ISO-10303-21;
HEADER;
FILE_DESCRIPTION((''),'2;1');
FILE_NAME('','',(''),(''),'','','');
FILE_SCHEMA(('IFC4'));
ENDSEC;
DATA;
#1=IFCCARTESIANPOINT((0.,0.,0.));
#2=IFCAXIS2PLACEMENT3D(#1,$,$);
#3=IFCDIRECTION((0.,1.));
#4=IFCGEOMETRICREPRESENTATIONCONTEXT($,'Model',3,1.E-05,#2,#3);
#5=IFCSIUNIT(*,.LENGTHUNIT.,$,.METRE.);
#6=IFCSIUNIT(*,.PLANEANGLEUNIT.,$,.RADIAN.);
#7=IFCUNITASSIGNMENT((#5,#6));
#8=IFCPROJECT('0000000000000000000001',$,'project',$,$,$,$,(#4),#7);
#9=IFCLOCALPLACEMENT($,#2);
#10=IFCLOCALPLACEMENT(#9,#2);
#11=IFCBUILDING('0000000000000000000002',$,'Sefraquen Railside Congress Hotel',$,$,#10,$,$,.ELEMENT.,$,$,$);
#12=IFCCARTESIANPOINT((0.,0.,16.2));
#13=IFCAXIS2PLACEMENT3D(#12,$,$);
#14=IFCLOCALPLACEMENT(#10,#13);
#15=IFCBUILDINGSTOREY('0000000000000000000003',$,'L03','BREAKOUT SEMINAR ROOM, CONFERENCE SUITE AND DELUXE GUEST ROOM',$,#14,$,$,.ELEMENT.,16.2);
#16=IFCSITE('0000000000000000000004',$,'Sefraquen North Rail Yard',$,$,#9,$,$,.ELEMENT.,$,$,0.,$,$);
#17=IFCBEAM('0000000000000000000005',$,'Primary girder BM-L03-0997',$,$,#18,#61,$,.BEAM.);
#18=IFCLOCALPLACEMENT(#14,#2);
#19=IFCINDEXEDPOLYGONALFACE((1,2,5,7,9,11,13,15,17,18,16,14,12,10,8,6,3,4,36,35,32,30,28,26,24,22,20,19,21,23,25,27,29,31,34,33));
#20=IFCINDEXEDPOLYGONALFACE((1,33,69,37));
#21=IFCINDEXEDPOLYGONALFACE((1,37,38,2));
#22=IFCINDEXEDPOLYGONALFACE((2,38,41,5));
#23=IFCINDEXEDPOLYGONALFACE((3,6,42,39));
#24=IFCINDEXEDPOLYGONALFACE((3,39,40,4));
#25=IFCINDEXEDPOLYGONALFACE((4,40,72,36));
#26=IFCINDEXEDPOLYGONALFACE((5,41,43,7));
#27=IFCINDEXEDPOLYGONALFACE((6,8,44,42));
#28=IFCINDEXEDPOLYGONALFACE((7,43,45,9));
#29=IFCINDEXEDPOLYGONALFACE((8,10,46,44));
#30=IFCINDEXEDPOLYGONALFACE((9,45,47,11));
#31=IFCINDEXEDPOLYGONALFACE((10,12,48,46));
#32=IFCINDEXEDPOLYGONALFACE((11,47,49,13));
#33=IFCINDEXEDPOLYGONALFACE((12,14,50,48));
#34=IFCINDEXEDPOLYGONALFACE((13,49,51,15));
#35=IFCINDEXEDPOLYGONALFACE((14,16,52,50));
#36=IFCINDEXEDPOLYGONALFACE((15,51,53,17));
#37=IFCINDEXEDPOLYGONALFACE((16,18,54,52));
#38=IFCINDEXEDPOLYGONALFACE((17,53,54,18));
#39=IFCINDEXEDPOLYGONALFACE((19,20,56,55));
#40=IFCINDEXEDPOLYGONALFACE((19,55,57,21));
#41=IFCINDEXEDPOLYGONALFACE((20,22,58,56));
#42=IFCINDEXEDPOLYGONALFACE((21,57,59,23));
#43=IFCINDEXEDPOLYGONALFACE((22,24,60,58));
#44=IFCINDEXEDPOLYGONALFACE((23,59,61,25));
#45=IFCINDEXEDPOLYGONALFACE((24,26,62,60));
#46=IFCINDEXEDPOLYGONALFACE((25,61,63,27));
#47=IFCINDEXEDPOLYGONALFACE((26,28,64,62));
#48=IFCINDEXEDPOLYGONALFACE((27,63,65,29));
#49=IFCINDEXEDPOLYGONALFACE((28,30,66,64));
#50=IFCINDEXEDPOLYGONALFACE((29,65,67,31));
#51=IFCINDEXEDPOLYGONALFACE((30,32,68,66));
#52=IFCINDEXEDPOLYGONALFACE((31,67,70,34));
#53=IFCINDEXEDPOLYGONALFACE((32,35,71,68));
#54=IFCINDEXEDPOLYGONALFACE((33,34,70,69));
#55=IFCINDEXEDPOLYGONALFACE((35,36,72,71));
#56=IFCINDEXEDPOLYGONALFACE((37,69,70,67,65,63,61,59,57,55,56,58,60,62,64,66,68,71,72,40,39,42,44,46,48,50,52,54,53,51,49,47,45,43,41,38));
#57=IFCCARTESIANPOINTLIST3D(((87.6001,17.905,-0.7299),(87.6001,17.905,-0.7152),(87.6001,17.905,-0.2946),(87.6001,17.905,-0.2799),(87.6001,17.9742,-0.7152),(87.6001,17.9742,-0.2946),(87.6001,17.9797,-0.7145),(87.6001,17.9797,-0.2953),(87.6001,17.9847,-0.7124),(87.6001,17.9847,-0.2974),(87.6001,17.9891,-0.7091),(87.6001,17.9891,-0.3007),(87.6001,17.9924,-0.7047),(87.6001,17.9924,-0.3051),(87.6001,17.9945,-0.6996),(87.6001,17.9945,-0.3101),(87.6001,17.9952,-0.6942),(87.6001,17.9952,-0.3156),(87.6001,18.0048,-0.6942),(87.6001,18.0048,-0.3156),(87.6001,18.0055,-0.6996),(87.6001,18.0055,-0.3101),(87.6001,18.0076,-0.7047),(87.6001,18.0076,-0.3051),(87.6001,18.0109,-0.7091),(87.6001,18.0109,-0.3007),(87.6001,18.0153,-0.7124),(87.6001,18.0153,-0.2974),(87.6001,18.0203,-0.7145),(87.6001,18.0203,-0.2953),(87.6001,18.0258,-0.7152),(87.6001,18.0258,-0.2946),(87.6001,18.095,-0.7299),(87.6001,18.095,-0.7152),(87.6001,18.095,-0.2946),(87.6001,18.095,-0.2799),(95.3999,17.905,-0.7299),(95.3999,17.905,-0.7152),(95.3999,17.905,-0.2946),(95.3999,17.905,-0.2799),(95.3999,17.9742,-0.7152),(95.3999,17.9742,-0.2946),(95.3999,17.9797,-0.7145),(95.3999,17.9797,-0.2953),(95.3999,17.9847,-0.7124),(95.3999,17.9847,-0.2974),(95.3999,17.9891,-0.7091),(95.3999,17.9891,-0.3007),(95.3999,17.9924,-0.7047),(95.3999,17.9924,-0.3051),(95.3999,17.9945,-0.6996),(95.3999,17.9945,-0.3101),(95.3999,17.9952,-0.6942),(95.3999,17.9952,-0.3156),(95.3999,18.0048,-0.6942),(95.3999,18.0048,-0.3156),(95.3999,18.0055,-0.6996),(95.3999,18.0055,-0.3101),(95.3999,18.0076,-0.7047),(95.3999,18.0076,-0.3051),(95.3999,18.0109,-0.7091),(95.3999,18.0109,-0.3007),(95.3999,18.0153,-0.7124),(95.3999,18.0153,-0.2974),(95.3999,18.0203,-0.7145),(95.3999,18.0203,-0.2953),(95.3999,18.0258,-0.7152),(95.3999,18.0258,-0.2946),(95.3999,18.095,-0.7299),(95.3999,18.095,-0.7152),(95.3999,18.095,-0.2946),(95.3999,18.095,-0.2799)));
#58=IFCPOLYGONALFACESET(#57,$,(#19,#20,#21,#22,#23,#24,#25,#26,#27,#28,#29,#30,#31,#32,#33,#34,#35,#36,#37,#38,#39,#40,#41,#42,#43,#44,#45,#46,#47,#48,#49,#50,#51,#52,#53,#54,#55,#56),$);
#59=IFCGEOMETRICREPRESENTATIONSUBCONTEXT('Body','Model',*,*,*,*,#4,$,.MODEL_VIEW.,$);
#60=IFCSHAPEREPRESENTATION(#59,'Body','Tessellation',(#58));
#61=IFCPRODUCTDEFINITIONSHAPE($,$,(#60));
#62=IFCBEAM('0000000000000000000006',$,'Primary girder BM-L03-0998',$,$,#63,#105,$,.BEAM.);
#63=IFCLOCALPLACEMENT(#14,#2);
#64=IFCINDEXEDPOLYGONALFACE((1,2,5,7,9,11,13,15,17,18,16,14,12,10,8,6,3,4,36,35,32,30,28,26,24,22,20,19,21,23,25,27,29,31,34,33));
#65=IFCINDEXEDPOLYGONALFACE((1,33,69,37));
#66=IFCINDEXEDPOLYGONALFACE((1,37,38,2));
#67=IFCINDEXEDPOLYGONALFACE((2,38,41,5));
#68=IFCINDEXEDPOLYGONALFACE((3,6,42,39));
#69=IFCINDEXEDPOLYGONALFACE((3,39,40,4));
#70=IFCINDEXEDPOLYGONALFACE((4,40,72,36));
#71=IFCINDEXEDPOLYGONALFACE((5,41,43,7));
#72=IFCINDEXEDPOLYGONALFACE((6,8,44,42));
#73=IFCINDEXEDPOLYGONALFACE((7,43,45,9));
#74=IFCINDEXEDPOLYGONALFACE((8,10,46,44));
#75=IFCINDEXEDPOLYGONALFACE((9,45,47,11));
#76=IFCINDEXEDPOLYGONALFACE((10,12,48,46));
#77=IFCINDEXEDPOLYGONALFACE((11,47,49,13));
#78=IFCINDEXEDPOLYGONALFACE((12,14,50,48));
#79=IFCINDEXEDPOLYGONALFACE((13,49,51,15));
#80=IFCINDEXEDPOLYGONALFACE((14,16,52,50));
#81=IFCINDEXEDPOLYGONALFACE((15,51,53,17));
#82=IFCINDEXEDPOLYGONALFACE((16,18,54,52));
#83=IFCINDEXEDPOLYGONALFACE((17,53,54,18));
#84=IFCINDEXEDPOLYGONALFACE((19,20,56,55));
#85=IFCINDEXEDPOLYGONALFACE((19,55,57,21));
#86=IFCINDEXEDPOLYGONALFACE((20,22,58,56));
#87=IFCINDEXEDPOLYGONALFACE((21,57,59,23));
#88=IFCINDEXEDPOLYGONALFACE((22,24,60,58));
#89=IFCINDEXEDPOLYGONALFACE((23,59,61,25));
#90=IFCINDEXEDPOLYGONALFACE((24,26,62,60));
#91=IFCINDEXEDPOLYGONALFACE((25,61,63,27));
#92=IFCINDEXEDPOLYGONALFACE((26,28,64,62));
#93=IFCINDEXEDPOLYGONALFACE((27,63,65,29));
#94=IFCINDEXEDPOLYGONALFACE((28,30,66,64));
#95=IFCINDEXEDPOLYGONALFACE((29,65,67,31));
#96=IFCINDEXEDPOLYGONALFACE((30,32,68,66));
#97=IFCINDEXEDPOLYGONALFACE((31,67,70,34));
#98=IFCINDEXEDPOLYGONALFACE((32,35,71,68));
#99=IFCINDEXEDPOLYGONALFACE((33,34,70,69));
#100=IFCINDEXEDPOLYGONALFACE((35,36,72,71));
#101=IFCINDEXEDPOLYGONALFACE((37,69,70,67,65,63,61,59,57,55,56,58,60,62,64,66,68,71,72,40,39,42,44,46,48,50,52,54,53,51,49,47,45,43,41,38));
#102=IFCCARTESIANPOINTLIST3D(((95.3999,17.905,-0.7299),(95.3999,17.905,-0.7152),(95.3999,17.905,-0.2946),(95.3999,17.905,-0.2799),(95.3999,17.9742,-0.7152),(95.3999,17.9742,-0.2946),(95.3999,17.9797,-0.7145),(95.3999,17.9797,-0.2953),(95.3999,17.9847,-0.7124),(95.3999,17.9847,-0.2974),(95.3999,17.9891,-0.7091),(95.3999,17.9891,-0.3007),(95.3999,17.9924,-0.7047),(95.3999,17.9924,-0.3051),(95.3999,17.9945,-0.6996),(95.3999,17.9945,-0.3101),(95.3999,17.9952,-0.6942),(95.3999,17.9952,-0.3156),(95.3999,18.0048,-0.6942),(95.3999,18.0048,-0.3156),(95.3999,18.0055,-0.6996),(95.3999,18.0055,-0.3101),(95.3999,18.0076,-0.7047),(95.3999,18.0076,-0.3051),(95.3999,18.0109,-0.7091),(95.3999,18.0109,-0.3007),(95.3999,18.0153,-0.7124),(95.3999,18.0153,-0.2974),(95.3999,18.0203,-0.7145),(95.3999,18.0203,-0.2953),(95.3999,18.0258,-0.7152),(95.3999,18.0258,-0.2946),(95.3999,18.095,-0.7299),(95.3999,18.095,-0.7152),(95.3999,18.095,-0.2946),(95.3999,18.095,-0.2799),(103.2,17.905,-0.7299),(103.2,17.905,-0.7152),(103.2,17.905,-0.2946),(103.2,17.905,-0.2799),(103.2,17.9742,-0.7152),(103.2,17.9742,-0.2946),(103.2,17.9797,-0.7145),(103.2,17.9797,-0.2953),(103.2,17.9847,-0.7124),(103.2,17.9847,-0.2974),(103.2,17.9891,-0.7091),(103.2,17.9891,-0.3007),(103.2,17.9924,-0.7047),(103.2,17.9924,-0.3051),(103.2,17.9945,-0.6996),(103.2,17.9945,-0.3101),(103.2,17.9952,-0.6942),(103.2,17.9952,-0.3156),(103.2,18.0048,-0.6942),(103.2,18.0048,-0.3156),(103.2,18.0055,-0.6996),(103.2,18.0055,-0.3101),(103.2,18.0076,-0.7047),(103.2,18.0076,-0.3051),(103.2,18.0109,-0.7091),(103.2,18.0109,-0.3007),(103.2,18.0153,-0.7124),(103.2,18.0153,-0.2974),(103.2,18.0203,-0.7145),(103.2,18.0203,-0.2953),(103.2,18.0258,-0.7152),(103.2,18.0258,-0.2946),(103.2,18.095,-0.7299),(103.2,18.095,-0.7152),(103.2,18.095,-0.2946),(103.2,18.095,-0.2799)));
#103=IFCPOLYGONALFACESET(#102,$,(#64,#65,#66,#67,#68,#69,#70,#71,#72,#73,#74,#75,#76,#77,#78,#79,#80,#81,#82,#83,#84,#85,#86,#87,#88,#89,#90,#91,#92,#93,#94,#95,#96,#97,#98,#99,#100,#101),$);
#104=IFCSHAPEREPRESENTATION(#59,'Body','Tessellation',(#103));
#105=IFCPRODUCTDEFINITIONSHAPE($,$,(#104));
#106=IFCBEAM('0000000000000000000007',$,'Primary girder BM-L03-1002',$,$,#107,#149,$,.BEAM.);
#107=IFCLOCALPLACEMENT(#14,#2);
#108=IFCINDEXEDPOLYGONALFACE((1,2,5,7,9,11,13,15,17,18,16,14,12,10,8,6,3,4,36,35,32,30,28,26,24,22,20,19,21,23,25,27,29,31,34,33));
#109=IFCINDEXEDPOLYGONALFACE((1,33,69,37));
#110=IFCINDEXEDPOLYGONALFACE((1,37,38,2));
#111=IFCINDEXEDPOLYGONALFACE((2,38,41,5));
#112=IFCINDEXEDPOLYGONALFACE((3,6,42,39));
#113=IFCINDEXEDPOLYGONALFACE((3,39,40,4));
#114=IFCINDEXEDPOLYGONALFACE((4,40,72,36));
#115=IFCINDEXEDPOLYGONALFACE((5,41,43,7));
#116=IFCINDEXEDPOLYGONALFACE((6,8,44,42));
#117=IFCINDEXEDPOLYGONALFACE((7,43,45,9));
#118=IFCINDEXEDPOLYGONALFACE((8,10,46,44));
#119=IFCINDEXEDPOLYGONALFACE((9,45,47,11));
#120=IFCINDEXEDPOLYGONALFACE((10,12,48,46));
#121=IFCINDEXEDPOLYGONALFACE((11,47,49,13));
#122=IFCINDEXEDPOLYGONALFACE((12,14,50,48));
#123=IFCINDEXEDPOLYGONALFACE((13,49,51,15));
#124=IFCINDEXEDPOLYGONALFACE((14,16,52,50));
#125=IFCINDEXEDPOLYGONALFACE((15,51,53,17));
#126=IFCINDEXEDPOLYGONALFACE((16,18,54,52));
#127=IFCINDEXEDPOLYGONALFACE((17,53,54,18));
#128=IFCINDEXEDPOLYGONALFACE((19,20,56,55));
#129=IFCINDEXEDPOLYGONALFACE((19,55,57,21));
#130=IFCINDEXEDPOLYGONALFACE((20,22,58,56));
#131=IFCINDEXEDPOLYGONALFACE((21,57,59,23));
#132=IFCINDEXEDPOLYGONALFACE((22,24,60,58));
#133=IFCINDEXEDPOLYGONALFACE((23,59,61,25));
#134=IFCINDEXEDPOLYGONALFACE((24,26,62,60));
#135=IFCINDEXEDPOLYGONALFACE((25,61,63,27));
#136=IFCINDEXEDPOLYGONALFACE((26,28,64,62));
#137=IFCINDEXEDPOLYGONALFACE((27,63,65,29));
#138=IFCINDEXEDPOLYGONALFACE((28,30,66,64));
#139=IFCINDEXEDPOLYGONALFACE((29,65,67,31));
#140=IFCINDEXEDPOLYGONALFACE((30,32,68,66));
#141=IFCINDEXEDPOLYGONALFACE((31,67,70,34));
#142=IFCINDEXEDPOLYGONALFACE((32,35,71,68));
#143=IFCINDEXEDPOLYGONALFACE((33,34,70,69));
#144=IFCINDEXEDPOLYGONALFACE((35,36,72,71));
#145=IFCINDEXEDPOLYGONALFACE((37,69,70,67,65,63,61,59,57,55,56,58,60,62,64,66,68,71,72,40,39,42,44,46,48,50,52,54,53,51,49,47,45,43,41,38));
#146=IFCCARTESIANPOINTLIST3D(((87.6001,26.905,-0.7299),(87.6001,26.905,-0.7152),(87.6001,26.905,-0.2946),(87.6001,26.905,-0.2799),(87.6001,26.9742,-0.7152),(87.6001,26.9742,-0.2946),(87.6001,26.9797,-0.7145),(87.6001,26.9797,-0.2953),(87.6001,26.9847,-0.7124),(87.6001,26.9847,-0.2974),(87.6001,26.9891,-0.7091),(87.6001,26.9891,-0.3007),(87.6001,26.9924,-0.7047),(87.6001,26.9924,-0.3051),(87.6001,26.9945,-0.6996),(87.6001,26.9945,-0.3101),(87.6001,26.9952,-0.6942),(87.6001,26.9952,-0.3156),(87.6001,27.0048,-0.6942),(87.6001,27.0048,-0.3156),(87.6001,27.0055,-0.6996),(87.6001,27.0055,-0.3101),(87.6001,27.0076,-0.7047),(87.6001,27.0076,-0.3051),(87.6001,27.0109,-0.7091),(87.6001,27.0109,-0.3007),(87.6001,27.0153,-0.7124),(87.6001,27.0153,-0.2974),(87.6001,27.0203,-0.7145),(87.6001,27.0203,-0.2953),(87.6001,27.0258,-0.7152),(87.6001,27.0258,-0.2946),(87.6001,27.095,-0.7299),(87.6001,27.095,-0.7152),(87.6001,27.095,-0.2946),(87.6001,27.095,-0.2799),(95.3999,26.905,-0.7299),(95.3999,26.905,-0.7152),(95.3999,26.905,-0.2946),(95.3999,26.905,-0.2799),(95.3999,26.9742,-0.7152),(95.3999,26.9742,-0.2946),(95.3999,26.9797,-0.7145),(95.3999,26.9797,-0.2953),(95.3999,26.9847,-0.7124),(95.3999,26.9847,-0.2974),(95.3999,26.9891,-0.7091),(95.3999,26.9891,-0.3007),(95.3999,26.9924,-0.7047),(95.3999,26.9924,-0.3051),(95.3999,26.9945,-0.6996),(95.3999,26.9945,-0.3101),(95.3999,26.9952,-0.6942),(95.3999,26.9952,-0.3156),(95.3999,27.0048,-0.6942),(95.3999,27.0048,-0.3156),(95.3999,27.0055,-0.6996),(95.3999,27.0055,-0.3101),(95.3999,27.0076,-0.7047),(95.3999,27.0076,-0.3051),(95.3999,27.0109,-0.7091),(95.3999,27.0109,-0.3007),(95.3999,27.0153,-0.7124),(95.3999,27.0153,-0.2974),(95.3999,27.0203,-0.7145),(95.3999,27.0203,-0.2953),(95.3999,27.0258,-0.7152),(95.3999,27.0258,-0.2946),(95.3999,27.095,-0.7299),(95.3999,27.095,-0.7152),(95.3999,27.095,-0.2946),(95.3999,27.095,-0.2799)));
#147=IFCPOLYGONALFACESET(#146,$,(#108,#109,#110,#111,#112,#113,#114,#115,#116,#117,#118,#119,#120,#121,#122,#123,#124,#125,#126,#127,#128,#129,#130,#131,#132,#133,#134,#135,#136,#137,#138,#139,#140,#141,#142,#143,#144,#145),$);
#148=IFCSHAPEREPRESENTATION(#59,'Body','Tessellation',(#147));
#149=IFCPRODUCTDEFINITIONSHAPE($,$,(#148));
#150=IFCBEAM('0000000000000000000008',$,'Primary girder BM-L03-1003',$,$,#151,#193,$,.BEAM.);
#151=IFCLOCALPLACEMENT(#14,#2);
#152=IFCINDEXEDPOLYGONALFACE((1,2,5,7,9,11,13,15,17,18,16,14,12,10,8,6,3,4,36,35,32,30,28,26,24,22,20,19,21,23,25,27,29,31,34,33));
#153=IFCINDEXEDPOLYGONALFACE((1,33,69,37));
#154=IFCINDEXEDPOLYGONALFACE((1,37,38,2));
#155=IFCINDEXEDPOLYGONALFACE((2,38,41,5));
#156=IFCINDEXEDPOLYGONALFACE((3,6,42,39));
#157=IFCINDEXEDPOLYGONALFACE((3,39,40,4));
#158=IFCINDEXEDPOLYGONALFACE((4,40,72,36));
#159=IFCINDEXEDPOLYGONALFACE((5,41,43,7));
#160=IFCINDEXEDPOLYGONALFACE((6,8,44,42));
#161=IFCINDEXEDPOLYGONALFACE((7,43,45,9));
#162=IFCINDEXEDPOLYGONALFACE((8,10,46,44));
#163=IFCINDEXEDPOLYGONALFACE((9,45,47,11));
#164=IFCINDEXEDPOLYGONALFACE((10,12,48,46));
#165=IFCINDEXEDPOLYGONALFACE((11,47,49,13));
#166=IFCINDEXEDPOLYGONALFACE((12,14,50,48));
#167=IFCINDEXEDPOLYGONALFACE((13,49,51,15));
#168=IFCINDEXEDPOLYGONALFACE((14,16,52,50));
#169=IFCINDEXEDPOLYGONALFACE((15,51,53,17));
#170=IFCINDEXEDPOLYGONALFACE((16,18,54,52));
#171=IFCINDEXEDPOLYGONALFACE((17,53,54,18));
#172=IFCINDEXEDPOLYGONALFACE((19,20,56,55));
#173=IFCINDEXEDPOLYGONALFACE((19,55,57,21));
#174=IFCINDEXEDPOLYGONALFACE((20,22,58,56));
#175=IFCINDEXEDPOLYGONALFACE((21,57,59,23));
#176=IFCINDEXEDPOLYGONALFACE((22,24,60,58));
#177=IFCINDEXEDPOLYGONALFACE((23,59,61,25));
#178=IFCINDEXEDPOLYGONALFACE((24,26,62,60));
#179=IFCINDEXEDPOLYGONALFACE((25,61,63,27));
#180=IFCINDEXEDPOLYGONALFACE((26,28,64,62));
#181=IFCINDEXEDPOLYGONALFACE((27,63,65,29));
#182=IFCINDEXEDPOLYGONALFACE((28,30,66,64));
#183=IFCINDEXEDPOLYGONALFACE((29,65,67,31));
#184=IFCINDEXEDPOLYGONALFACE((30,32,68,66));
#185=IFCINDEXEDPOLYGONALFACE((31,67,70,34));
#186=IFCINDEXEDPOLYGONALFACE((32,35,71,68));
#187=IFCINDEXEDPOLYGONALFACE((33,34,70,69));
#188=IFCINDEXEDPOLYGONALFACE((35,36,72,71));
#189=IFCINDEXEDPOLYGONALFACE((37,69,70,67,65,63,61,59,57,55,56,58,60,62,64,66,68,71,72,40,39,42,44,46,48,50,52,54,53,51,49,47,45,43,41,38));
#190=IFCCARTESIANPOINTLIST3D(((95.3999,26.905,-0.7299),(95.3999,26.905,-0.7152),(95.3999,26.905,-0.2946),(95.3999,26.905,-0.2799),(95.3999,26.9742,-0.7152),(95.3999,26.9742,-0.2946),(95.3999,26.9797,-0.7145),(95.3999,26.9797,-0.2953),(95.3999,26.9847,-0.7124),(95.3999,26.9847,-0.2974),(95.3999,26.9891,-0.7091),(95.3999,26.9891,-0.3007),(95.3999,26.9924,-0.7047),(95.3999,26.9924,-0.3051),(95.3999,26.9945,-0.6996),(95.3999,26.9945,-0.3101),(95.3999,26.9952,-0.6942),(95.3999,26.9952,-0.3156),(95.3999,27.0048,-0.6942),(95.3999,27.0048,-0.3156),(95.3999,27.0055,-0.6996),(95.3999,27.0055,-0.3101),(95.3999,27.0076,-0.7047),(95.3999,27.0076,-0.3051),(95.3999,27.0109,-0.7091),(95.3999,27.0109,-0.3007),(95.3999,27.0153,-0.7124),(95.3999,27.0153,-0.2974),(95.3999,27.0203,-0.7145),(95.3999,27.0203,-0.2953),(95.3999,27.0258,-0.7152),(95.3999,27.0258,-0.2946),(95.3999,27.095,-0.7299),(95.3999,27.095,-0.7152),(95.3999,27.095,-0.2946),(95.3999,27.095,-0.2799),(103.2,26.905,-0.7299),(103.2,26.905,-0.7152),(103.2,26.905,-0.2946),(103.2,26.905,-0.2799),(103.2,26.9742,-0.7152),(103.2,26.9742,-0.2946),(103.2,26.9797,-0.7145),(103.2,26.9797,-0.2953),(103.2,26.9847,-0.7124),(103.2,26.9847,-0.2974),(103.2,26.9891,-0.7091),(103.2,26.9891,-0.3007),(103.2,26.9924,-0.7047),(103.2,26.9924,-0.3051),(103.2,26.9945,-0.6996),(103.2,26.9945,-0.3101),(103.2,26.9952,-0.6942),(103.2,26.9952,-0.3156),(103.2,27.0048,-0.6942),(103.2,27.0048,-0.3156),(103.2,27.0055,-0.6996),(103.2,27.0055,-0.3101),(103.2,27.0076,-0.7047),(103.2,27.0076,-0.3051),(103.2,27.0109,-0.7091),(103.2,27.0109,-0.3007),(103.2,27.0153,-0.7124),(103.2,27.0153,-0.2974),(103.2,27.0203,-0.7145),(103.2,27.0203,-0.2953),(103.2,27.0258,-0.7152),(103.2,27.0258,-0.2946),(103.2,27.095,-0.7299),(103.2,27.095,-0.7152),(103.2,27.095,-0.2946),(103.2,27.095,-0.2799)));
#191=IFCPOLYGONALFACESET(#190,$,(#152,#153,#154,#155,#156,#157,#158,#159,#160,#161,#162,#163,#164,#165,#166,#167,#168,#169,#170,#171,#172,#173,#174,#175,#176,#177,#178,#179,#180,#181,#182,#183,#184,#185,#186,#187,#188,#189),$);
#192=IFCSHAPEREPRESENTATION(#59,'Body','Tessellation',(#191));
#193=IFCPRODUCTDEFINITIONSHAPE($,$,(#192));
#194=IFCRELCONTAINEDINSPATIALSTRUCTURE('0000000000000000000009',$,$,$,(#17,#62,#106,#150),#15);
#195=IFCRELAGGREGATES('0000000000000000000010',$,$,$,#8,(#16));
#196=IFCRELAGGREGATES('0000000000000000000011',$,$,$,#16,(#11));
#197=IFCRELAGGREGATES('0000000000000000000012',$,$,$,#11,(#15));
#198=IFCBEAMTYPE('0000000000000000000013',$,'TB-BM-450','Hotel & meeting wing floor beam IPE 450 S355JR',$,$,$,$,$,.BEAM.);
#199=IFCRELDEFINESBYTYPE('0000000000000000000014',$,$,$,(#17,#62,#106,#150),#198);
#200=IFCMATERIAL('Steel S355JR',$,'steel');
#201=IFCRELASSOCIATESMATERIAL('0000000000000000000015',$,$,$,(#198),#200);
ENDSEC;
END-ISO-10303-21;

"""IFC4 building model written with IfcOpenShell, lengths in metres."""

from ifc_helpers import new_model, si_unit, direction, frame, origin, origin_2d, place, context, subcontext, project, spatial, i_section, extrude, material, material_profile, profile_set, type_object, element, save


model = new_model("IFC4")

# Units and contexts
model_context = context("Model", 3, precision=1e-05, world=origin(), true_north=direction((0.0, 1.0)))
body_context = subcontext(model_context, "Body", "Model", "MODEL_VIEW")
ifc_project = project(units=[si_unit("LENGTHUNIT", "METRE"), si_unit("PLANEANGLEUNIT", "RADIAN")], contexts=[model_context])

# Site, building, storey
site_placement = place(None, origin())
site = spatial("IfcSite", under=ifc_project, at=site_placement, Name="Sefraquen North Rail Yard", CompositionType="ELEMENT", RefElevation=0.0)
building_placement = place(site_placement, origin())
building = spatial("IfcBuilding", under=site, at=building_placement, Name="Sefraquen Railside Congress Hotel", CompositionType="ELEMENT")
storey_placement = place(building_placement, frame((0.0, 0.0, 16.2)))
storey = spatial("IfcBuildingStorey", under=building, at=storey_placement, Name="L03", Description="BREAKOUT SEMINAR ROOM, CONFERENCE SUITE AND DELUXE GUEST ROOM", CompositionType="ELEMENT", Elevation=16.2)

# Beams
ifc_material_1 = material(Name="Steel S355JR", Category="steel")
ifc_material_profile_1 = material_profile(ifc_material_1, i_section(OverallWidth=0.1899, OverallDepth=0.45, WebThickness=0.0095, FlangeThickness=0.0146, FilletRadius=0.021, at=origin_2d()), Name="IPE 450")
ifc_profile_set_1 = profile_set([ifc_material_profile_1], Name="Steel S355JR")
beam_type_1 = type_object("IfcBeamType", Name="TB-BM-450", Description="Hotel & meeting wing floor beam IPE 450 S355JR", PredefinedType="BEAM", material=ifc_profile_set_1)
beam_1_placement = place(storey_placement, frame((87.6001, 18.0, -0.5049), z_axis=(1.0, 0.0, 0.0), x_axis=(0.0, 1.0, 0.0)))
element("IfcBeam", 1, at=beam_1_placement, inside=storey, type_object=beam_type_1, Name="Primary girder BM-L03-0997", PredefinedType="BEAM", context=body_context, shape_type="SweptSolid", body=[
    extrude(i_section(OverallWidth=0.1899, OverallDepth=0.45, WebThickness=0.0095, FlangeThickness=0.0146, FilletRadius=0.021, at=origin_2d()), origin(), (0.0, 0.0, 1.0), 7.7998),
])
beam_2_placement = place(storey_placement, frame((95.3999, 18.0, -0.5049), z_axis=(1.0, 0.0, 0.0), x_axis=(0.0, 1.0, 0.0)))
element("IfcBeam", 2, at=beam_2_placement, inside=storey, type_object=beam_type_1, Name="Primary girder BM-L03-0998", PredefinedType="BEAM", context=body_context, shape_type="SweptSolid", body=[
    extrude(i_section(OverallWidth=0.1899, OverallDepth=0.45, WebThickness=0.0095, FlangeThickness=0.0146, FilletRadius=0.021, at=origin_2d()), origin(), (0.0, 0.0, 1.0), 7.8),
])
beam_3_placement = place(storey_placement, frame((87.6001, 27.0, -0.5049), z_axis=(1.0, 0.0, 0.0), x_axis=(0.0, 1.0, 0.0)))
element("IfcBeam", 3, at=beam_3_placement, inside=storey, type_object=beam_type_1, Name="Primary girder BM-L03-1002", PredefinedType="BEAM", context=body_context, shape_type="SweptSolid", body=[
    extrude(i_section(OverallWidth=0.1899, OverallDepth=0.45, WebThickness=0.0095, FlangeThickness=0.0146, FilletRadius=0.021, at=origin_2d()), origin(), (0.0, 0.0, 1.0), 7.7998),
])
beam_4_placement = place(storey_placement, frame((95.3999, 27.0, -0.5049), z_axis=(1.0, 0.0, 0.0), x_axis=(0.0, 1.0, 0.0)))
element("IfcBeam", 4, at=beam_4_placement, inside=storey, type_object=beam_type_1, Name="Primary girder BM-L03-1003", PredefinedType="BEAM", context=body_context, shape_type="SweptSolid", body=[
    extrude(i_section(OverallWidth=0.1899, OverallDepth=0.45, WebThickness=0.0095, FlangeThickness=0.0146, FilletRadius=0.021, at=origin_2d()), origin(), (0.0, 0.0, 1.0), 7.8),
])

save(model, "model.ifc")
